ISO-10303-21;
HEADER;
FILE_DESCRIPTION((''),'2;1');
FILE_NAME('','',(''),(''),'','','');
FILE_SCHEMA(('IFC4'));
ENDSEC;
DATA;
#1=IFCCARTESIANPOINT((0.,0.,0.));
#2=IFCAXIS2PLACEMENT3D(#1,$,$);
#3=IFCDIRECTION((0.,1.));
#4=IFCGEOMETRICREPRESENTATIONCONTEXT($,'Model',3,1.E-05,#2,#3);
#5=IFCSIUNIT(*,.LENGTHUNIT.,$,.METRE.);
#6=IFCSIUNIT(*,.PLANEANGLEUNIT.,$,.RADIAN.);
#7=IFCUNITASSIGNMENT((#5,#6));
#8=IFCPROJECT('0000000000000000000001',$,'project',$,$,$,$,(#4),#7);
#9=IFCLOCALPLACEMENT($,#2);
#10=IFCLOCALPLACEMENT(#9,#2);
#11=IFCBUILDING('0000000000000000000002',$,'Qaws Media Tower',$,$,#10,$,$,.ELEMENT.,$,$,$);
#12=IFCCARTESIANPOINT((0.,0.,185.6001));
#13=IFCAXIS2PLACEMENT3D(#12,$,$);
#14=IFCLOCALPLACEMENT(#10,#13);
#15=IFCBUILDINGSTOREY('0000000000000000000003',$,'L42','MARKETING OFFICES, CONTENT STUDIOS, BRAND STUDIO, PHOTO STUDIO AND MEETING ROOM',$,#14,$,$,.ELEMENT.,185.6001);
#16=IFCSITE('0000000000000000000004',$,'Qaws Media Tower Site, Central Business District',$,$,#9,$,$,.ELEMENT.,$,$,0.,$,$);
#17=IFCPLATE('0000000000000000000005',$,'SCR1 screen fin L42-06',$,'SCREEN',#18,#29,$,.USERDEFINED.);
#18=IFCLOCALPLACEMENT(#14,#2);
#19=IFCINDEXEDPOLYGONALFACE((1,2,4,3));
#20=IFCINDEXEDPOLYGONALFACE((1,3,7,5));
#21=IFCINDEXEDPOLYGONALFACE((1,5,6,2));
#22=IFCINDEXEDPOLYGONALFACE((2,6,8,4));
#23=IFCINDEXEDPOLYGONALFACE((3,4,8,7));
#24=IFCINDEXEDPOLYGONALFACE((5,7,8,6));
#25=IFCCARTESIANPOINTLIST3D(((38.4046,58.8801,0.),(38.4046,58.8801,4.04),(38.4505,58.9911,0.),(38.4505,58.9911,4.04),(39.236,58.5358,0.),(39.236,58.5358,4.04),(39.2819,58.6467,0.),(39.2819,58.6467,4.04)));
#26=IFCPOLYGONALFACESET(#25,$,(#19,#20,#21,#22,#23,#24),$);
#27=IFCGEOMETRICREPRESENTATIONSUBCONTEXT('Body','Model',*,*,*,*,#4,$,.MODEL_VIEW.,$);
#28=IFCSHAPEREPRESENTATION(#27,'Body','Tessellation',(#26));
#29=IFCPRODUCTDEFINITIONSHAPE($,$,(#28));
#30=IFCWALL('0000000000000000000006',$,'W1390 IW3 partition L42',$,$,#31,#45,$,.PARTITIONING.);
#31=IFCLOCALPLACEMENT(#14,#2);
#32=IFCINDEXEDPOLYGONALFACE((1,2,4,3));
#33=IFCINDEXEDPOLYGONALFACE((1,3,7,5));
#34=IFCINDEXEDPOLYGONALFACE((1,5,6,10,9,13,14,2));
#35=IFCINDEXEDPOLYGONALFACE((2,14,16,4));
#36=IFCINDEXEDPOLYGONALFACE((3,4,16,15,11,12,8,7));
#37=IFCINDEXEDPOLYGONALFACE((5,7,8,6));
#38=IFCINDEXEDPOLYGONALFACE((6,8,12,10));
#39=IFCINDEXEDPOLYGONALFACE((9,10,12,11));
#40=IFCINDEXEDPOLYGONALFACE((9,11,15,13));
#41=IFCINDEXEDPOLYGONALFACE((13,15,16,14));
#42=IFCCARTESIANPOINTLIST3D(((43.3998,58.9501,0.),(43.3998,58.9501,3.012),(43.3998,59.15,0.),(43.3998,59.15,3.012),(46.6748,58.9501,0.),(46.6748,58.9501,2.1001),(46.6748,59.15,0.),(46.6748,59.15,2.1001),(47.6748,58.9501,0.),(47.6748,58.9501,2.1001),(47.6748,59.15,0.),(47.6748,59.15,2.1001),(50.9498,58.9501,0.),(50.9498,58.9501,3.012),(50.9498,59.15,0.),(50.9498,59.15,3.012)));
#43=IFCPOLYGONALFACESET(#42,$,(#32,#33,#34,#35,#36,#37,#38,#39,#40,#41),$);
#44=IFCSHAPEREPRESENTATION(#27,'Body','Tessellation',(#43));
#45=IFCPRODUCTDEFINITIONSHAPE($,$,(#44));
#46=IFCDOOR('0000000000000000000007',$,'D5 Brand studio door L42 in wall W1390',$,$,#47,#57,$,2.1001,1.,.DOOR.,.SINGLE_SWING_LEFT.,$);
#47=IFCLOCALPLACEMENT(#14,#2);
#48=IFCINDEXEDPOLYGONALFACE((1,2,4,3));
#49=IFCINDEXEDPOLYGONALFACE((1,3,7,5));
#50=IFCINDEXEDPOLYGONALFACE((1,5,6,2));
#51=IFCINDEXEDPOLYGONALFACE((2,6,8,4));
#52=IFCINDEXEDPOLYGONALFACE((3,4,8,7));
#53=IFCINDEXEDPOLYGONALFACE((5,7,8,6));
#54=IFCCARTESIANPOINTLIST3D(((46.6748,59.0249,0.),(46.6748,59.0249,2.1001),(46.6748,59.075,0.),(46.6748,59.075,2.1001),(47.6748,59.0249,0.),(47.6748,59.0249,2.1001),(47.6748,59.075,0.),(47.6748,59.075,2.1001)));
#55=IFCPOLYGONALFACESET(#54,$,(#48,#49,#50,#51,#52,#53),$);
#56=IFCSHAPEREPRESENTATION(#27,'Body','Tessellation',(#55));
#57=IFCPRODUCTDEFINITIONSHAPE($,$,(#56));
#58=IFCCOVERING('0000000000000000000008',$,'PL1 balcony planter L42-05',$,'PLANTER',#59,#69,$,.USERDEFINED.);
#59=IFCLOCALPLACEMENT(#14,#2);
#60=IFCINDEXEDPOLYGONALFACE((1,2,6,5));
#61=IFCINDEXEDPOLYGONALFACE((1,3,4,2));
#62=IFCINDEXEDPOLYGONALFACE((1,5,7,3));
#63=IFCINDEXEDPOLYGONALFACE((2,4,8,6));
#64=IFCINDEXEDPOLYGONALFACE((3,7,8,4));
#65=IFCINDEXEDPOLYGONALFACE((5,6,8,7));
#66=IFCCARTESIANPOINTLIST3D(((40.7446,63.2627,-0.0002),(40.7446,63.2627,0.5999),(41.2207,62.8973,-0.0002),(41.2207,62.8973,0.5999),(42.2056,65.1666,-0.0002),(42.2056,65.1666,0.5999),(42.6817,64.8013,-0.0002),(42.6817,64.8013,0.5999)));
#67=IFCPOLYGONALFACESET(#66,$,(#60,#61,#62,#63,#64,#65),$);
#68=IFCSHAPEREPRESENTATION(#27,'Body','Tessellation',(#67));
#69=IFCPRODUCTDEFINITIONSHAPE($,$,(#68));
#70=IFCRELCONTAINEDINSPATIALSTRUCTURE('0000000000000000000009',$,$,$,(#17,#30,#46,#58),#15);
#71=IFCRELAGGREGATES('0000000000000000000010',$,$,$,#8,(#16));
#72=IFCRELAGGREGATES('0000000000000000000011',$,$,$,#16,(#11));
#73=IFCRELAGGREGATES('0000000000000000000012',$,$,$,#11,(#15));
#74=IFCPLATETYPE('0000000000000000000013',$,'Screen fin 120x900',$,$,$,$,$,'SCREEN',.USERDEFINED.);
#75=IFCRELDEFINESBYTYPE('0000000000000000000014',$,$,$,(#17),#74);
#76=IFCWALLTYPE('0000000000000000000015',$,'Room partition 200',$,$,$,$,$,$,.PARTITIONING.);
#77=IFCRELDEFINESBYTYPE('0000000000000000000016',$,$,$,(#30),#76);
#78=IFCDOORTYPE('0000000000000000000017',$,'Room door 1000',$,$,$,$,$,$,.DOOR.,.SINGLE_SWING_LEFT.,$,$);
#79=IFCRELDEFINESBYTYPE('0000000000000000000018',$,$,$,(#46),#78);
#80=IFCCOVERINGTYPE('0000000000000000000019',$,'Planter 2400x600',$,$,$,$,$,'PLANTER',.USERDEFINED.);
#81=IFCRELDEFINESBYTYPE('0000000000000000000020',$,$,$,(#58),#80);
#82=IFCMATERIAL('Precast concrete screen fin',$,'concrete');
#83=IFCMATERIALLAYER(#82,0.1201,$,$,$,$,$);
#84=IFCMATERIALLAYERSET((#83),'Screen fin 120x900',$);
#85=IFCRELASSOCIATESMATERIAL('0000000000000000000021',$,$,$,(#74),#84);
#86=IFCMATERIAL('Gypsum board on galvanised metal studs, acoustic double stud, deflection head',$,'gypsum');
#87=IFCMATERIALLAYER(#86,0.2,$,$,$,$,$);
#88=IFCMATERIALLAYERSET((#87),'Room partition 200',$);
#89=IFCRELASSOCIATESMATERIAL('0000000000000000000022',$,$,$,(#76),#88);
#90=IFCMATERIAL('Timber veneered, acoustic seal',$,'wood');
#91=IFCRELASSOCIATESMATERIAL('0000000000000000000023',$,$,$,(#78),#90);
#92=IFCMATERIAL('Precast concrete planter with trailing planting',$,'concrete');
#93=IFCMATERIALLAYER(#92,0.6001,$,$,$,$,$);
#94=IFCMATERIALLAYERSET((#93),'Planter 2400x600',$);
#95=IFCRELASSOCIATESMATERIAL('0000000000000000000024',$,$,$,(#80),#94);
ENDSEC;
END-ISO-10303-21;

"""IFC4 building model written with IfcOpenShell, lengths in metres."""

from ifc_helpers import new_model, si_unit, direction, frame, frame_2d, origin, origin_2d, place, context, subcontext, project, spatial, rectangle, extrude, material, layer, layer_set, type_object, element, fill, save


model = new_model("IFC4")

# Units and contexts
model_context = context("Model", 3, precision=1e-05, world=origin(), true_north=direction((0.0, 1.0)))
body_context = subcontext(model_context, "Body", "Model", "MODEL_VIEW")
ifc_project = project(units=[si_unit("LENGTHUNIT", "METRE"), si_unit("PLANEANGLEUNIT", "RADIAN")], contexts=[model_context])

# Site, building, storey
site_placement = place(None, origin())
site = spatial("IfcSite", under=ifc_project, at=site_placement, Name="Qaws Media Tower Site, Central Business District", CompositionType="ELEMENT", RefElevation=0.0)
building_placement = place(site_placement, origin())
building = spatial("IfcBuilding", under=site, at=building_placement, Name="Qaws Media Tower", CompositionType="ELEMENT")
storey_placement = place(building_placement, frame((0.0, 0.0, 185.6001)))
storey = spatial("IfcBuildingStorey", under=building, at=storey_placement, Name="L42", Description="MARKETING OFFICES, CONTENT STUDIOS, BRAND STUDIO, PHOTO STUDIO AND MEETING ROOM", CompositionType="ELEMENT", Elevation=185.6001)

# Plate
ifc_material_1 = material(Name="Precast concrete screen fin", Category="concrete")
ifc_layer_1 = layer(ifc_material_1, 0.1201)
ifc_layer_set_1 = layer_set([ifc_layer_1], Name="Screen fin 120x900")
plate_type_1 = type_object("IfcPlateType", Name="Screen fin 120x900", ElementType="SCREEN", PredefinedType="USERDEFINED", material=ifc_layer_set_1)
plate_1_placement = place(storey_placement, frame((38.8433, 58.7634, 0.0), z_axis=(0.0, 0.0, 1.0), x_axis=(-0.92388, 0.382683, 0.0)))
element("IfcPlate", 1, at=plate_1_placement, inside=storey, type_object=plate_type_1, Name="SCR1 screen fin L42-06", ObjectType="SCREEN", PredefinedType="USERDEFINED", context=body_context, shape_type="SweptSolid", body=[
    extrude(rectangle(XDim=0.8999, YDim=0.1201, at=origin_2d()), origin(), (0.0, 0.0, 1.0), 4.04),
])

# Wall, opening, door
ifc_material_2 = material(Name="Gypsum board on galvanised metal studs, acoustic double stud, deflection head", Category="gypsum")
ifc_layer_2 = layer(ifc_material_2, 0.2)
ifc_layer_set_2 = layer_set([ifc_layer_2], Name="Room partition 200")
wall_type = type_object("IfcWallType", Name="Room partition 200", PredefinedType="PARTITIONING", material=ifc_layer_set_2)
wall_placement = place(storey_placement, frame((43.3999, 59.05, 0.0), z_axis=(0.0, 0.0, 1.0), x_axis=(1.0, 0.0, 0.0)))
wall = element("IfcWall", 2, at=wall_placement, inside=storey, type_object=wall_type, Name="W1390 IW3 partition L42", PredefinedType="PARTITIONING", context=body_context, shape_type="SweptSolid", body=[
    extrude(rectangle(XDim=7.55, YDim=0.2, at=frame_2d((3.7749, 0.0))), origin(), (0.0, 0.0, 1.0), 3.012),
])
opening_placement = place(wall_placement, frame((3.2749, 0.0, 0.0)))
opening = element("IfcOpeningElement", 3, at=opening_placement, cuts=wall, PredefinedType="OPENING", context=body_context, shape_type="SweptSolid", body=[
    extrude(rectangle(XDim=1.0, YDim=2.1001, at=frame_2d((0.5, 1.05))), frame((0.0, 0.1099, 0.0), z_axis=(0.0, -1.0, 0.0), x_axis=(1.0, 0.0, 0.0)), (0.0, 0.0, 1.0), 0.22),
])
ifc_material_3 = material(Name="Timber veneered, acoustic seal", Category="wood")
door_type = type_object("IfcDoorType", Name="Room door 1000", OperationType="SINGLE_SWING_LEFT", PredefinedType="DOOR", material=ifc_material_3)
door_placement = place(opening_placement, origin())
door = element("IfcDoor", 4, at=door_placement, inside=storey, type_object=door_type, Name="D5 Brand studio door L42 in wall W1390", OperationType="SINGLE_SWING_LEFT", OverallHeight=2.1001, OverallWidth=1.0, PredefinedType="DOOR", context=body_context, shape_type="SweptSolid", body=[
    extrude(rectangle(XDim=1.0, YDim=2.1001, at=frame_2d((0.5, 1.05))), frame((0.0, 0.0249, 0.0), z_axis=(0.0, -1.0, 0.0), x_axis=(1.0, 0.0, 0.0)), (0.0, 0.0, 1.0), 0.05),
])
fill(opening, door)

# Covering
ifc_material_4 = material(Name="Precast concrete planter with trailing planting", Category="concrete")
ifc_layer_3 = layer(ifc_material_4, 0.6001)
ifc_layer_set_3 = layer_set([ifc_layer_3], Name="Planter 2400x600")
covering_type = type_object("IfcCoveringType", Name="Planter 2400x600", ElementType="PLANTER", PredefinedType="USERDEFINED", material=ifc_layer_set_3)
covering_placement = place(storey_placement, frame((41.7131, 64.032, -0.0002), z_axis=(0.0, 0.0, 1.0), x_axis=(-0.608761, -0.793353, 0.0)))
element("IfcCovering", 5, at=covering_placement, inside=storey, type_object=covering_type, Name="PL1 balcony planter L42-05", ObjectType="PLANTER", PredefinedType="USERDEFINED", context=body_context, shape_type="SweptSolid", body=[
    extrude(rectangle(XDim=2.3999, YDim=0.6001, at=origin_2d()), origin(), (0.0, 0.0, 1.0), 0.6001),
])

save(model, "model.ifc")
